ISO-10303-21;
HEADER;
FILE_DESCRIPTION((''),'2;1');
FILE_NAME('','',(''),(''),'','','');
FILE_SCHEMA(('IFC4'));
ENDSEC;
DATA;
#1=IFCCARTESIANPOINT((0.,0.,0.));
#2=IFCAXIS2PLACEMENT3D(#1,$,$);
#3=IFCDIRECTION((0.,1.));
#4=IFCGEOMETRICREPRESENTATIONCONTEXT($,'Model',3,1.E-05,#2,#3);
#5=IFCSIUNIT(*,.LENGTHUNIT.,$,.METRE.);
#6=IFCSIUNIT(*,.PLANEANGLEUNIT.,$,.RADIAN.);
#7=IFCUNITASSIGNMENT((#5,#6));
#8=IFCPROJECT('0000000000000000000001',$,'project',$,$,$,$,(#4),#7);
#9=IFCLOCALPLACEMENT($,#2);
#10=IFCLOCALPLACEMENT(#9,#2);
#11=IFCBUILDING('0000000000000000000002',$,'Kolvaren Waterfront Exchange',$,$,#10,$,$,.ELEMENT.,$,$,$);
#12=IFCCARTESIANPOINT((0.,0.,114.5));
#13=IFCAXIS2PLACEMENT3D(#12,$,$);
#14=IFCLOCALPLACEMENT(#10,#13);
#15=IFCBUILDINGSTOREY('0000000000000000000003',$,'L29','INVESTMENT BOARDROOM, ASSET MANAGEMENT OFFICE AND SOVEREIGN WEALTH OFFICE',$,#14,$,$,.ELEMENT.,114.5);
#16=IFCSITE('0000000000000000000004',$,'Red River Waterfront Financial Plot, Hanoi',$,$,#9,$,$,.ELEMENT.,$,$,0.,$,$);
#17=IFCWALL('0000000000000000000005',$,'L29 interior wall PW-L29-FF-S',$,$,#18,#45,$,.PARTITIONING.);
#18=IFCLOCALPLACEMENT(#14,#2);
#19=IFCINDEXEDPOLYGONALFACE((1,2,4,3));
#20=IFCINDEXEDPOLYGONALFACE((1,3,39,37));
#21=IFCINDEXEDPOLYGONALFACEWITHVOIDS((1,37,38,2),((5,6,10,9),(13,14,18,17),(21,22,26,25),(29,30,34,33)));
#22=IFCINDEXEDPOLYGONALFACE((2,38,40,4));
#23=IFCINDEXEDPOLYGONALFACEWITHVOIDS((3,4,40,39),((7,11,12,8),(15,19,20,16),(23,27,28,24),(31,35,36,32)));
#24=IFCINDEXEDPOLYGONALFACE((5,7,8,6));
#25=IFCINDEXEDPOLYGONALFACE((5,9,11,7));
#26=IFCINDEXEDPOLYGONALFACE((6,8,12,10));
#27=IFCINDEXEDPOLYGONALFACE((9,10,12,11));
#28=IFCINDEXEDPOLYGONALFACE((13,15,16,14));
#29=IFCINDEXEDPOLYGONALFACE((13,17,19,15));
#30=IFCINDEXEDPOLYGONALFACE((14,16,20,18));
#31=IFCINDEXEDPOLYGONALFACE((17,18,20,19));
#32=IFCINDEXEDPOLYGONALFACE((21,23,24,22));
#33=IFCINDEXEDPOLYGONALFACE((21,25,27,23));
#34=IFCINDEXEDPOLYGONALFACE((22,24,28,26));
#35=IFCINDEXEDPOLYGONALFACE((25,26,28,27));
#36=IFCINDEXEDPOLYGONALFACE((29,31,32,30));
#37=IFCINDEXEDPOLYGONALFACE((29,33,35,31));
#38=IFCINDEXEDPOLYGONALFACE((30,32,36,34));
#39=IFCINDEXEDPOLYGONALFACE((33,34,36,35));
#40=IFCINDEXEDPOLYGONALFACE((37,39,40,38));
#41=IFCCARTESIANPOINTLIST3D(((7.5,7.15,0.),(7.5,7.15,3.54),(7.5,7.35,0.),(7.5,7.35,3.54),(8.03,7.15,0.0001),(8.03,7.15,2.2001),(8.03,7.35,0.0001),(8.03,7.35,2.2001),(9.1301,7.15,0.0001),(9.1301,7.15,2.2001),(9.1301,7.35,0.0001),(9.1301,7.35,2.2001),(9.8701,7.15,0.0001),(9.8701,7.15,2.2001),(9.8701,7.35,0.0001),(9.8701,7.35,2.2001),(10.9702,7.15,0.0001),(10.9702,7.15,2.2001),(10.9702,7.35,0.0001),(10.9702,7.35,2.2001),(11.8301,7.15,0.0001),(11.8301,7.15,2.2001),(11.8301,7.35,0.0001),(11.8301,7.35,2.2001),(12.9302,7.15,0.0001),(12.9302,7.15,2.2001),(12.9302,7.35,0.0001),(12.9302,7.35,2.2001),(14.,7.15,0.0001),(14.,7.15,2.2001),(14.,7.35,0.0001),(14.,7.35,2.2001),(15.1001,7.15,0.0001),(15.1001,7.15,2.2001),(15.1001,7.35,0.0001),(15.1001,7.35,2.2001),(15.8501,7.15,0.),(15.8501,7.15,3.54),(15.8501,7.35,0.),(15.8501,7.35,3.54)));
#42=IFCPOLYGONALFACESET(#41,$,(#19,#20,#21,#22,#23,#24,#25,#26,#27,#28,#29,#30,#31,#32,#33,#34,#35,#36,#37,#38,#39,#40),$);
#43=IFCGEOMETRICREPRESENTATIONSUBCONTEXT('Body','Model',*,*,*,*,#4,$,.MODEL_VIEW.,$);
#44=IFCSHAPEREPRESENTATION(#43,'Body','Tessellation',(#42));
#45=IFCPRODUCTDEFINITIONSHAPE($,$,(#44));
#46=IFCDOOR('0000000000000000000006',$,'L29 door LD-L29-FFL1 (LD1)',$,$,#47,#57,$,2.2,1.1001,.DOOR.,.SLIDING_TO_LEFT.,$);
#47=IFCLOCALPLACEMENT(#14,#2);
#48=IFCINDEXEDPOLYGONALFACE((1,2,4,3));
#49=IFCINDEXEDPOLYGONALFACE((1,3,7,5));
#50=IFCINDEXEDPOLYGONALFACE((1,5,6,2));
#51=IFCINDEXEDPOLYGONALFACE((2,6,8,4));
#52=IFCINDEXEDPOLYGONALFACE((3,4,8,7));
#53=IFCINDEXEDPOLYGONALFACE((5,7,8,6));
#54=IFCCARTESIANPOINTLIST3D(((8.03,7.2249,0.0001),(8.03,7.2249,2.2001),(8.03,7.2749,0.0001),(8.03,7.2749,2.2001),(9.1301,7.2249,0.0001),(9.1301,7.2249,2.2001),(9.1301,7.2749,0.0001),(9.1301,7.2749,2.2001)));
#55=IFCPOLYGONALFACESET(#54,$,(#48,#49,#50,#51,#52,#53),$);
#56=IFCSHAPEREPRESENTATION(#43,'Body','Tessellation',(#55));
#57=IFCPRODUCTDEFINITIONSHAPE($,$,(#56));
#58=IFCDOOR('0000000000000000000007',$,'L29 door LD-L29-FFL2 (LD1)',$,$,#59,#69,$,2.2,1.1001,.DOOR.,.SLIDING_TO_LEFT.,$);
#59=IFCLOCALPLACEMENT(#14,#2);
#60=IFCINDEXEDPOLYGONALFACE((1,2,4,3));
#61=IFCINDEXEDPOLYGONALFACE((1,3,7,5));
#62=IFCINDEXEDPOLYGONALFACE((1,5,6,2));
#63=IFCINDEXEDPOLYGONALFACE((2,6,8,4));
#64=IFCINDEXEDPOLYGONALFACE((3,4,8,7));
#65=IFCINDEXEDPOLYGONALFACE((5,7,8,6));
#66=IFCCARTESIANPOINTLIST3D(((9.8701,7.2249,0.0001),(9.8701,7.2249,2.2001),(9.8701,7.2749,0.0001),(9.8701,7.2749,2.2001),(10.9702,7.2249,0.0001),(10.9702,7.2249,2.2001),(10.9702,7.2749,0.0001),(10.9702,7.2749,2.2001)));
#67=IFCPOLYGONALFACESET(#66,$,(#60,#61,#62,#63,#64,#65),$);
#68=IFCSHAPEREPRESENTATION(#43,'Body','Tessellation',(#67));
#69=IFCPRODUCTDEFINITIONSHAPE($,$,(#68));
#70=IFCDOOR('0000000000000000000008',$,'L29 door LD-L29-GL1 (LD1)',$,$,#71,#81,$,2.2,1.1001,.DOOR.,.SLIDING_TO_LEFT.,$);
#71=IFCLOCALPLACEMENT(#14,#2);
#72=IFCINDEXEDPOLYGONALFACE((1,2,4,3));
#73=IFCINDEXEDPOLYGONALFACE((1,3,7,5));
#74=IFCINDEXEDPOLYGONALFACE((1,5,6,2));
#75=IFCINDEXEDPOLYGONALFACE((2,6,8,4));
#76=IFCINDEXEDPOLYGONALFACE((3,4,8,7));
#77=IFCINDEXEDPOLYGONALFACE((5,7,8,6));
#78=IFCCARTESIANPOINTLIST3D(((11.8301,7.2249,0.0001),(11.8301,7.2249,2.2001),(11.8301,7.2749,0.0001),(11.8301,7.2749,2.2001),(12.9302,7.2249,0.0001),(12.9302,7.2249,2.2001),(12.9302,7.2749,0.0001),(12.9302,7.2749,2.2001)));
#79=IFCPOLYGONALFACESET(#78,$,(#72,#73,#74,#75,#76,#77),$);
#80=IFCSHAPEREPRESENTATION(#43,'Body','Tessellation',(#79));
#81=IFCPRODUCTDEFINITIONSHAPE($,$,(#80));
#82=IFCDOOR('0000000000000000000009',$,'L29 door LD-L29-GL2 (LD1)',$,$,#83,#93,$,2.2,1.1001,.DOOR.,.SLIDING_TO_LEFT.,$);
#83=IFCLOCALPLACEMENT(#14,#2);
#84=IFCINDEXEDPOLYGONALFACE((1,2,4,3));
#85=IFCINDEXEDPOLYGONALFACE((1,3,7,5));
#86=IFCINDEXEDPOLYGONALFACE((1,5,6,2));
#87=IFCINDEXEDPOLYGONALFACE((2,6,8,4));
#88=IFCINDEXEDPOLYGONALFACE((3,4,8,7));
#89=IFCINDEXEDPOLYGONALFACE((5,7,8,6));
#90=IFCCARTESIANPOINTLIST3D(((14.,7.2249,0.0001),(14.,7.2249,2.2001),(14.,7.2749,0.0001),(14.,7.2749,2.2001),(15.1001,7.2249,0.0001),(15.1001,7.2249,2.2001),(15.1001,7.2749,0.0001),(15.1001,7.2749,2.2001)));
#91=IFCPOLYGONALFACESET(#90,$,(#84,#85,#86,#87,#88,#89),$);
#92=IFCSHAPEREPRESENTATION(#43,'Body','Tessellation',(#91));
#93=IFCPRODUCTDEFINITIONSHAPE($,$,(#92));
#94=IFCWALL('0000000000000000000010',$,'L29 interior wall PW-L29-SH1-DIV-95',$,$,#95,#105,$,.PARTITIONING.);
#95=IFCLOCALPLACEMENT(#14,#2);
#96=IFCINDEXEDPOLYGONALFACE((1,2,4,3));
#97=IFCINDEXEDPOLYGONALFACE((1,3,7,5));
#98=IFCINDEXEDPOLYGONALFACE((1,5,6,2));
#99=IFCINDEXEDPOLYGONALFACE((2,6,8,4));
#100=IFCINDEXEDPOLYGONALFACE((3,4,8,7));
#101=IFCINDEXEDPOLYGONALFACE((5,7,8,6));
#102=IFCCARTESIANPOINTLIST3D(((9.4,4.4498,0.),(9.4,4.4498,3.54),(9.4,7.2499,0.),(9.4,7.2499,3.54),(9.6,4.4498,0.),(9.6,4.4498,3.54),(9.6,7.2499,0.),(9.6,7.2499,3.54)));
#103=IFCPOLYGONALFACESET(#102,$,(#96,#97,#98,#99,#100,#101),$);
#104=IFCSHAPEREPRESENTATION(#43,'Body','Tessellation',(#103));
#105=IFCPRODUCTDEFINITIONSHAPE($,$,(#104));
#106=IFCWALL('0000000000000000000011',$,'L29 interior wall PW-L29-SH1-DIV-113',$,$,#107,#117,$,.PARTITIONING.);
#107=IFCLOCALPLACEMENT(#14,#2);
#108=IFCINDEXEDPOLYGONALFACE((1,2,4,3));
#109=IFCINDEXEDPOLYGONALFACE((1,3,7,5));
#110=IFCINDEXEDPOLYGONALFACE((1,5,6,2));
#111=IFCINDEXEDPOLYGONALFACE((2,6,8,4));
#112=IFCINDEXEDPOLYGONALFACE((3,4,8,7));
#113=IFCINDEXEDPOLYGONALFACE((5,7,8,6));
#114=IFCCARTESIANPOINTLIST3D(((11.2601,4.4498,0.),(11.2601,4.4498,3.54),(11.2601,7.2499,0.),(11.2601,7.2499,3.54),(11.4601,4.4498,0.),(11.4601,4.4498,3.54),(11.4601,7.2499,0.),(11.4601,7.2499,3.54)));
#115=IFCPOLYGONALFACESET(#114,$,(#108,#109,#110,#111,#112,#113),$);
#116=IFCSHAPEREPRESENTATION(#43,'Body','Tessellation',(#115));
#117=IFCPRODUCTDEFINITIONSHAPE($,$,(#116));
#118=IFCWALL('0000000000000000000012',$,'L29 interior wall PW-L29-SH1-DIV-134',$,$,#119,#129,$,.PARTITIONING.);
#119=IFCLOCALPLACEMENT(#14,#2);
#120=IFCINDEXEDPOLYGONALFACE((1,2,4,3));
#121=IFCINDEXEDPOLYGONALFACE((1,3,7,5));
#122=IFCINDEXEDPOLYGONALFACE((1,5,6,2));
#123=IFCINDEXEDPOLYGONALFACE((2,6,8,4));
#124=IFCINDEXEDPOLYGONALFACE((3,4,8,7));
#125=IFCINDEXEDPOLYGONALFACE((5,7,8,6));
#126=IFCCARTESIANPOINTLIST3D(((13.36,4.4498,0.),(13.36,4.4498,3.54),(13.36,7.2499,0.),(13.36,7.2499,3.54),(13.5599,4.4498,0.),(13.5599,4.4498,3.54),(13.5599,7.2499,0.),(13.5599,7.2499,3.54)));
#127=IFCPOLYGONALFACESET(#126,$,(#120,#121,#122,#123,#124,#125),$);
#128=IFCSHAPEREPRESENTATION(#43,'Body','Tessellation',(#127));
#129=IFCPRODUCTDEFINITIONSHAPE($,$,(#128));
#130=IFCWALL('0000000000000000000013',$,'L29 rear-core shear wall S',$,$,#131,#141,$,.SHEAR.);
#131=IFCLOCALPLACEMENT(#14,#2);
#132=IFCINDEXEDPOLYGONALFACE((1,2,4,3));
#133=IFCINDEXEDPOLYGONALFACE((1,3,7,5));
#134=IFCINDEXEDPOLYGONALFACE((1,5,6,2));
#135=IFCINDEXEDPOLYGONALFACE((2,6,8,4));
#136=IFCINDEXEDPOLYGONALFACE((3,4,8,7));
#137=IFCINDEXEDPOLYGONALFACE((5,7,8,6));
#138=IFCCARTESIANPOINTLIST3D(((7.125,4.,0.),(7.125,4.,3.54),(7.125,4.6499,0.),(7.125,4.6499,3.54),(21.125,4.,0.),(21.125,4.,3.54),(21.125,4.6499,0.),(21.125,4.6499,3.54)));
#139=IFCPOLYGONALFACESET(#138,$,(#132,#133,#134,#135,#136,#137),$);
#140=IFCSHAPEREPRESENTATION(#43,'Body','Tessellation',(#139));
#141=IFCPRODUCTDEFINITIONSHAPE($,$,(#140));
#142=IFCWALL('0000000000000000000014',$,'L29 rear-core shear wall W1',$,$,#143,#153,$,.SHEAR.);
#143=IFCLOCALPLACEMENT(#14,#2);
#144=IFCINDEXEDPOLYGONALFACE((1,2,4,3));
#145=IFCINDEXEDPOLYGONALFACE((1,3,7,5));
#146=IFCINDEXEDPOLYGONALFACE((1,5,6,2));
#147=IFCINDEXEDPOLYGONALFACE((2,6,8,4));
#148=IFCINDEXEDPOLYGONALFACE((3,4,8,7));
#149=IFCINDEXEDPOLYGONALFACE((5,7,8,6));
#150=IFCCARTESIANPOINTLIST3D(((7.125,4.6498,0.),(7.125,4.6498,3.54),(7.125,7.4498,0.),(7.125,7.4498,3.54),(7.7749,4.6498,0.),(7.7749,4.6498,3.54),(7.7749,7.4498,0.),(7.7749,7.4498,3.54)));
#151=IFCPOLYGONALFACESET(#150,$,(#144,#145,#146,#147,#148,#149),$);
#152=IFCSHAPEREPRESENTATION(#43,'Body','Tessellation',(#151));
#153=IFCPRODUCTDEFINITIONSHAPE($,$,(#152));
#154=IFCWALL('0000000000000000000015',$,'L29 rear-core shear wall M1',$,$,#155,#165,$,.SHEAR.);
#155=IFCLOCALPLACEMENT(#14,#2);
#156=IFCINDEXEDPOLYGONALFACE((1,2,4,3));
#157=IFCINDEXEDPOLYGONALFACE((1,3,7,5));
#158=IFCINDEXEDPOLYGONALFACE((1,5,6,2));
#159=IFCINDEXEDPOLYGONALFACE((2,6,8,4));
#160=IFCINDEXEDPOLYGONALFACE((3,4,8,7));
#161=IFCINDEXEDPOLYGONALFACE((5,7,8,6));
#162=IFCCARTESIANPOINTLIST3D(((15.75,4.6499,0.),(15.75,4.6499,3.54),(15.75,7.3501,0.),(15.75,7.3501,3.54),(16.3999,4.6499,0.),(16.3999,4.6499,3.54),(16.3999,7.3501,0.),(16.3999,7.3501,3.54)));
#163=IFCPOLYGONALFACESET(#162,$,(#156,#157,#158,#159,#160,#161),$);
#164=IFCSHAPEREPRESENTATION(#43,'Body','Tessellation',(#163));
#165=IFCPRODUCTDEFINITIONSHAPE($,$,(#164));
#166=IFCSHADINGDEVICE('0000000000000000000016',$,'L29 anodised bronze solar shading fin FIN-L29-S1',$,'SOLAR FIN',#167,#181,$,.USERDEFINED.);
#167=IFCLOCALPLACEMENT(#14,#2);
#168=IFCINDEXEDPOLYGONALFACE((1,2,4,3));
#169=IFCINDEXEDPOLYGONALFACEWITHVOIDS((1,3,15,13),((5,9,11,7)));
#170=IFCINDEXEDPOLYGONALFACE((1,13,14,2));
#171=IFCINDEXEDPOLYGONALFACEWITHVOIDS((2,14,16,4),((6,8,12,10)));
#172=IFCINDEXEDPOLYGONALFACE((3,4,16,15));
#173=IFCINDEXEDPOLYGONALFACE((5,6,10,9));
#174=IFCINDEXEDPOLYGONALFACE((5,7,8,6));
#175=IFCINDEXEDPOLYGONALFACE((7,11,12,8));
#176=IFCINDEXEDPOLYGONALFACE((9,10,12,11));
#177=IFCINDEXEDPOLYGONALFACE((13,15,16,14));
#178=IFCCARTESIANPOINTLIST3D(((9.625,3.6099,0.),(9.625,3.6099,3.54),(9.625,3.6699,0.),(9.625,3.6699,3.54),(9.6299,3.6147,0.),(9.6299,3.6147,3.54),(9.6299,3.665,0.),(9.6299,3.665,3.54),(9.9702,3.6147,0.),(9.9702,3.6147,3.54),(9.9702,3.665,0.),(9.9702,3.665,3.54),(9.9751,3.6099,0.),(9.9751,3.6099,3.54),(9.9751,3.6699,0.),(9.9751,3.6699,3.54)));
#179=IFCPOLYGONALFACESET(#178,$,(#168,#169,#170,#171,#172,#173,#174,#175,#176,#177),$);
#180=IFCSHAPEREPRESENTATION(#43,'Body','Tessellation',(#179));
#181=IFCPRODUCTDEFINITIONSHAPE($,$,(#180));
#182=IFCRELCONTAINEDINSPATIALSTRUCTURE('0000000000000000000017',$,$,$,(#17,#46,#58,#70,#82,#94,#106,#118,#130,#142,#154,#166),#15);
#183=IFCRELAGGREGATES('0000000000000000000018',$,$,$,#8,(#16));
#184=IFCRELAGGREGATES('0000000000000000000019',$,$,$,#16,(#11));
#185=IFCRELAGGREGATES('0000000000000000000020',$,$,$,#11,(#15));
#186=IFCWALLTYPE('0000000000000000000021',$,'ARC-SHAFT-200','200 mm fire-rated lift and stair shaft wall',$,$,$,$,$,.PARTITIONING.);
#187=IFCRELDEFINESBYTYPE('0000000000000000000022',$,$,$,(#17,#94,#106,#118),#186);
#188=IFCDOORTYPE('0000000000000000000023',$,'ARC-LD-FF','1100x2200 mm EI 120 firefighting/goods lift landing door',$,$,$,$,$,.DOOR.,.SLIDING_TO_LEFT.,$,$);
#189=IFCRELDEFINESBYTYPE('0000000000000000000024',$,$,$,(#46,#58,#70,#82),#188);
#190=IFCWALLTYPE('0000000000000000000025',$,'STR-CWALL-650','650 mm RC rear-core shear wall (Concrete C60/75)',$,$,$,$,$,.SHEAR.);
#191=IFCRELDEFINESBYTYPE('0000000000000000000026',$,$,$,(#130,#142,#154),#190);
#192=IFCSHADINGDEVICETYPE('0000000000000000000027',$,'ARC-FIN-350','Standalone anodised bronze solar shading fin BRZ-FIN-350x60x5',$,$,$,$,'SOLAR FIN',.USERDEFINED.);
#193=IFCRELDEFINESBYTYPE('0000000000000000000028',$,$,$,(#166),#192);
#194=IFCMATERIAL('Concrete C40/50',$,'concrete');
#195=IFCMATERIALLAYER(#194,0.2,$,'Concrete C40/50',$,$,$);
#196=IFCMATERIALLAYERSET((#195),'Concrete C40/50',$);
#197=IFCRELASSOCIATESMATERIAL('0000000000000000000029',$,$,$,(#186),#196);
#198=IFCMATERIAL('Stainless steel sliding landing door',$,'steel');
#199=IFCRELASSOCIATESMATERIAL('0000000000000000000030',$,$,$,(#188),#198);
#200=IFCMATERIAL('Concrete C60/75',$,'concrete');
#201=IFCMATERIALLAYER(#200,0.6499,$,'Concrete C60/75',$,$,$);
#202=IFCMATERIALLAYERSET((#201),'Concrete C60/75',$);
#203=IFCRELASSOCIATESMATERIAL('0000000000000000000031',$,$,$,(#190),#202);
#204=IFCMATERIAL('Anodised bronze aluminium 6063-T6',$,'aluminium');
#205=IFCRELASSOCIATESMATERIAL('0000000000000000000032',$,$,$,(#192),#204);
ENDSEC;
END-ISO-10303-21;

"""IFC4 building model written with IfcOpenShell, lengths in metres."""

from ifc_helpers import new_model, si_unit, direction, frame, frame_2d, origin, origin_2d, place, context, subcontext, project, spatial, rectangle, hollow_rectangle, extrude, material, layer, layer_set, material_profile, profile_set, type_object, element, fill, save


model = new_model("IFC4")

# Units and contexts
model_context = context("Model", 3, precision=1e-05, world=origin(), true_north=direction((0.0, 1.0)))
body_context = subcontext(model_context, "Body", "Model", "MODEL_VIEW")
ifc_project = project(units=[si_unit("LENGTHUNIT", "METRE"), si_unit("PLANEANGLEUNIT", "RADIAN")], contexts=[model_context])

# Site, building, storey
site_placement = place(None, origin())
site = spatial("IfcSite", under=ifc_project, at=site_placement, Name="Red River Waterfront Financial Plot, Hanoi", CompositionType="ELEMENT", RefElevation=0.0)
building_placement = place(site_placement, origin())
building = spatial("IfcBuilding", under=site, at=building_placement, Name="Kolvaren Waterfront Exchange", CompositionType="ELEMENT")
storey_placement = place(building_placement, frame((0.0, 0.0, 114.5)))
storey = spatial("IfcBuildingStorey", under=building, at=storey_placement, Name="L29", Description="INVESTMENT BOARDROOM, ASSET MANAGEMENT OFFICE AND SOVEREIGN WEALTH OFFICE", CompositionType="ELEMENT", Elevation=114.5)

# Shared definitions
ifc_material_1 = material(Name="Concrete C60/75", Category="concrete")

# Shared definitions
ifc_material_2 = material(Name="Anodised bronze aluminium 6063-T6", Category="aluminium")

# Wall, openings, doors
ifc_material_3 = material(Name="Concrete C40/50", Category="concrete")
ifc_layer_1 = layer(ifc_material_3, 0.2, Name="Concrete C40/50")
ifc_layer_set_1 = layer_set([ifc_layer_1], Name="Concrete C40/50")
wall_type_1 = type_object("IfcWallType", Name="ARC-SHAFT-200", Description="200 mm fire-rated lift and stair shaft wall", PredefinedType="PARTITIONING", material=ifc_layer_set_1)
wall_1_placement = place(storey_placement, frame((7.5, 7.25, 0.0), z_axis=(0.0, 0.0, 1.0), x_axis=(1.0, 0.0, 0.0)))
wall_1 = element("IfcWall", 1, at=wall_1_placement, inside=storey, type_object=wall_type_1, Name="L29 interior wall PW-L29-FF-S", PredefinedType="PARTITIONING", context=body_context, shape_type="SweptSolid", body=[
    extrude(rectangle(XDim=8.3501, YDim=0.2, at=frame_2d((4.175, 0.0))), origin(), (0.0, 0.0, 1.0), 3.54),
])
opening_1_placement = place(wall_1_placement, frame((0.53, 0.0, 0.0)))
opening_1 = element("IfcOpeningElement", 2, at=opening_1_placement, cuts=wall_1, PredefinedType="OPENING", context=body_context, shape_type="SweptSolid", body=[
    extrude(rectangle(XDim=1.1001, YDim=2.2, at=frame_2d((0.55, 1.1001))), frame((0.0, 0.1099, 0.0), z_axis=(0.0, -1.0, 0.0), x_axis=(1.0, 0.0, 0.0)), (0.0, 0.0, 1.0), 0.22),
])
opening_2_placement = place(wall_1_placement, frame((2.3701, 0.0, 0.0)))
opening_2 = element("IfcOpeningElement", 3, at=opening_2_placement, cuts=wall_1, PredefinedType="OPENING", context=body_context, shape_type="SweptSolid", body=[
    extrude(rectangle(XDim=1.1001, YDim=2.2, at=frame_2d((0.55, 1.1001))), frame((0.0, 0.1099, 0.0), z_axis=(0.0, -1.0, 0.0), x_axis=(1.0, 0.0, 0.0)), (0.0, 0.0, 1.0), 0.22),
])
opening_3_placement = place(wall_1_placement, frame((4.3301, 0.0, 0.0)))
opening_3 = element("IfcOpeningElement", 4, at=opening_3_placement, cuts=wall_1, PredefinedType="OPENING", context=body_context, shape_type="SweptSolid", body=[
    extrude(rectangle(XDim=1.1001, YDim=2.2, at=frame_2d((0.55, 1.1001))), frame((0.0, 0.1099, 0.0), z_axis=(0.0, -1.0, 0.0), x_axis=(1.0, 0.0, 0.0)), (0.0, 0.0, 1.0), 0.22),
])
opening_4_placement = place(wall_1_placement, frame((6.5, 0.0, 0.0)))
opening_4 = element("IfcOpeningElement", 5, at=opening_4_placement, cuts=wall_1, PredefinedType="OPENING", context=body_context, shape_type="SweptSolid", body=[
    extrude(rectangle(XDim=1.1001, YDim=2.2, at=frame_2d((0.55, 1.1001))), frame((0.0, 0.1099, 0.0), z_axis=(0.0, -1.0, 0.0), x_axis=(1.0, 0.0, 0.0)), (0.0, 0.0, 1.0), 0.22),
])
ifc_material_4 = material(Name="Stainless steel sliding landing door", Category="steel")
door_type = type_object("IfcDoorType", Name="ARC-LD-FF", Description="1100x2200 mm EI 120 firefighting/goods lift landing door", OperationType="SLIDING_TO_LEFT", PredefinedType="DOOR", material=ifc_material_4)
door_1_placement = place(opening_1_placement, origin())
door_1 = element("IfcDoor", 6, at=door_1_placement, inside=storey, type_object=door_type, Name="L29 door LD-L29-FFL1 (LD1)", OperationType="SLIDING_TO_LEFT", OverallHeight=2.2, OverallWidth=1.1001, PredefinedType="DOOR", context=body_context, shape_type="SweptSolid", body=[
    extrude(rectangle(XDim=1.1001, YDim=2.2, at=frame_2d((0.55, 1.1001))), frame((0.0, 0.0249, 0.0), z_axis=(0.0, -1.0, 0.0), x_axis=(1.0, 0.0, 0.0)), (0.0, 0.0, 1.0), 0.05),
])
fill(opening_1, door_1)
door_2_placement = place(opening_2_placement, origin())
door_2 = element("IfcDoor", 7, at=door_2_placement, inside=storey, type_object=door_type, Name="L29 door LD-L29-FFL2 (LD1)", OperationType="SLIDING_TO_LEFT", OverallHeight=2.2, OverallWidth=1.1001, PredefinedType="DOOR", context=body_context, shape_type="SweptSolid", body=[
    extrude(rectangle(XDim=1.1001, YDim=2.2, at=frame_2d((0.55, 1.1001))), frame((0.0, 0.0249, 0.0), z_axis=(0.0, -1.0, 0.0), x_axis=(1.0, 0.0, 0.0)), (0.0, 0.0, 1.0), 0.05),
])
fill(opening_2, door_2)
door_3_placement = place(opening_3_placement, origin())
door_3 = element("IfcDoor", 8, at=door_3_placement, inside=storey, type_object=door_type, Name="L29 door LD-L29-GL1 (LD1)", OperationType="SLIDING_TO_LEFT", OverallHeight=2.2, OverallWidth=1.1001, PredefinedType="DOOR", context=body_context, shape_type="SweptSolid", body=[
    extrude(rectangle(XDim=1.1001, YDim=2.2, at=frame_2d((0.55, 1.1001))), frame((0.0, 0.0249, 0.0), z_axis=(0.0, -1.0, 0.0), x_axis=(1.0, 0.0, 0.0)), (0.0, 0.0, 1.0), 0.05),
])
fill(opening_3, door_3)
door_4_placement = place(opening_4_placement, origin())
door_4 = element("IfcDoor", 9, at=door_4_placement, inside=storey, type_object=door_type, Name="L29 door LD-L29-GL2 (LD1)", OperationType="SLIDING_TO_LEFT", OverallHeight=2.2, OverallWidth=1.1001, PredefinedType="DOOR", context=body_context, shape_type="SweptSolid", body=[
    extrude(rectangle(XDim=1.1001, YDim=2.2, at=frame_2d((0.55, 1.1001))), frame((0.0, 0.0249, 0.0), z_axis=(0.0, -1.0, 0.0), x_axis=(1.0, 0.0, 0.0)), (0.0, 0.0, 1.0), 0.05),
])
fill(opening_4, door_4)

# Walls
for number, where, z_axis, x_axis, name in (
    (10, (9.5, 4.45, 0.0), (0.0, 0.0, 1.0), (0.0, 1.0, 0.0), "L29 interior wall PW-L29-SH1-DIV-95"),
    (11, (11.3601, 4.45, 0.0), (0.0, 0.0, 1.0), (0.0, 1.0, 0.0), "L29 interior wall PW-L29-SH1-DIV-113"),
    (12, (13.46, 4.45, 0.0), (0.0, 0.0, 1.0), (0.0, 1.0, 0.0), "L29 interior wall PW-L29-SH1-DIV-134"),
):
    element("IfcWall", number, at=place(storey_placement, frame(where, z_axis=z_axis, x_axis=x_axis)), inside=storey, type_object=wall_type_1, Name=name, PredefinedType="PARTITIONING", context=body_context, shape_type="SweptSolid", body=[
        extrude(rectangle(XDim=2.8, YDim=0.2, at=frame_2d((1.3999, 0.0))), origin(), (0.0, 0.0, 1.0), 3.54),
    ])
ifc_layer_2 = layer(ifc_material_1, 0.6499, Name="Concrete C60/75")
ifc_layer_set_2 = layer_set([ifc_layer_2], Name="Concrete C60/75")
wall_type_2 = type_object("IfcWallType", Name="STR-CWALL-650", Description="650 mm RC rear-core shear wall (Concrete C60/75)", PredefinedType="SHEAR", material=ifc_layer_set_2)
wall_2_placement = place(storey_placement, frame((7.125, 4.325, 0.0), z_axis=(0.0, 0.0, 1.0), x_axis=(1.0, 0.0, 0.0)))
element("IfcWall", 13, at=wall_2_placement, inside=storey, type_object=wall_type_2, Name="L29 rear-core shear wall S", PredefinedType="SHEAR", context=body_context, shape_type="SweptSolid", body=[
    extrude(rectangle(XDim=14.0, YDim=0.6499, at=frame_2d((7.0, 0.0))), origin(), (0.0, 0.0, 1.0), 3.54),
])
wall_3_placement = place(storey_placement, frame((7.45, 4.6499, 0.0), z_axis=(0.0, 0.0, 1.0), x_axis=(0.0, 1.0, 0.0)))
element("IfcWall", 14, at=wall_3_placement, inside=storey, type_object=wall_type_2, Name="L29 rear-core shear wall W1", PredefinedType="SHEAR", context=body_context, shape_type="SweptSolid", body=[
    extrude(rectangle(XDim=2.8, YDim=0.6499, at=frame_2d((1.3999, 0.0))), origin(), (0.0, 0.0, 1.0), 3.54),
])
wall_4_placement = place(storey_placement, frame((16.075, 4.6499, 0.0), z_axis=(0.0, 0.0, 1.0), x_axis=(0.0, 1.0, 0.0)))
element("IfcWall", 15, at=wall_4_placement, inside=storey, type_object=wall_type_2, Name="L29 rear-core shear wall M1", PredefinedType="SHEAR", context=body_context, shape_type="SweptSolid", body=[
    extrude(rectangle(XDim=2.7002, YDim=0.6499, at=frame_2d((1.3501, 0.0))), origin(), (0.0, 0.0, 1.0), 3.54),
])

# Shading device
ifc_material_profile_1 = material_profile(ifc_material_2, hollow_rectangle(XDim=0.0601, YDim=0.3501, WallThickness=0.0049, at=origin_2d()), Name="BRZ-FIN-350x60x5")
ifc_profile_set_1 = profile_set([ifc_material_profile_1], Name="Anodised bronze aluminium 6063-T6")
shading_device_type = type_object("IfcShadingDeviceType", Name="ARC-FIN-350", Description="Standalone anodised bronze solar shading fin BRZ-FIN-350x60x5", ElementType="SOLAR FIN", PredefinedType="USERDEFINED", material=ifc_profile_set_1)
for number, where, z_axis, x_axis, name in (
    (16, (9.8, 3.6399, 0.0), (0.0, 0.0, 1.0), (0.0, -1.0, 0.0), "L29 anodised bronze solar shading fin FIN-L29-S1"),
):
    element("IfcShadingDevice", number, at=place(storey_placement, frame(where, z_axis=z_axis, x_axis=x_axis)), inside=storey, type_object=shading_device_type, Name=name, ObjectType="SOLAR FIN", PredefinedType="USERDEFINED", context=body_context, shape_type="SweptSolid", body=[
        extrude(hollow_rectangle(XDim=0.0601, YDim=0.3501, WallThickness=0.0049, at=origin_2d()), origin(), (0.0, 0.0, 1.0), 3.54),
    ])

save(model, "model.ifc")
